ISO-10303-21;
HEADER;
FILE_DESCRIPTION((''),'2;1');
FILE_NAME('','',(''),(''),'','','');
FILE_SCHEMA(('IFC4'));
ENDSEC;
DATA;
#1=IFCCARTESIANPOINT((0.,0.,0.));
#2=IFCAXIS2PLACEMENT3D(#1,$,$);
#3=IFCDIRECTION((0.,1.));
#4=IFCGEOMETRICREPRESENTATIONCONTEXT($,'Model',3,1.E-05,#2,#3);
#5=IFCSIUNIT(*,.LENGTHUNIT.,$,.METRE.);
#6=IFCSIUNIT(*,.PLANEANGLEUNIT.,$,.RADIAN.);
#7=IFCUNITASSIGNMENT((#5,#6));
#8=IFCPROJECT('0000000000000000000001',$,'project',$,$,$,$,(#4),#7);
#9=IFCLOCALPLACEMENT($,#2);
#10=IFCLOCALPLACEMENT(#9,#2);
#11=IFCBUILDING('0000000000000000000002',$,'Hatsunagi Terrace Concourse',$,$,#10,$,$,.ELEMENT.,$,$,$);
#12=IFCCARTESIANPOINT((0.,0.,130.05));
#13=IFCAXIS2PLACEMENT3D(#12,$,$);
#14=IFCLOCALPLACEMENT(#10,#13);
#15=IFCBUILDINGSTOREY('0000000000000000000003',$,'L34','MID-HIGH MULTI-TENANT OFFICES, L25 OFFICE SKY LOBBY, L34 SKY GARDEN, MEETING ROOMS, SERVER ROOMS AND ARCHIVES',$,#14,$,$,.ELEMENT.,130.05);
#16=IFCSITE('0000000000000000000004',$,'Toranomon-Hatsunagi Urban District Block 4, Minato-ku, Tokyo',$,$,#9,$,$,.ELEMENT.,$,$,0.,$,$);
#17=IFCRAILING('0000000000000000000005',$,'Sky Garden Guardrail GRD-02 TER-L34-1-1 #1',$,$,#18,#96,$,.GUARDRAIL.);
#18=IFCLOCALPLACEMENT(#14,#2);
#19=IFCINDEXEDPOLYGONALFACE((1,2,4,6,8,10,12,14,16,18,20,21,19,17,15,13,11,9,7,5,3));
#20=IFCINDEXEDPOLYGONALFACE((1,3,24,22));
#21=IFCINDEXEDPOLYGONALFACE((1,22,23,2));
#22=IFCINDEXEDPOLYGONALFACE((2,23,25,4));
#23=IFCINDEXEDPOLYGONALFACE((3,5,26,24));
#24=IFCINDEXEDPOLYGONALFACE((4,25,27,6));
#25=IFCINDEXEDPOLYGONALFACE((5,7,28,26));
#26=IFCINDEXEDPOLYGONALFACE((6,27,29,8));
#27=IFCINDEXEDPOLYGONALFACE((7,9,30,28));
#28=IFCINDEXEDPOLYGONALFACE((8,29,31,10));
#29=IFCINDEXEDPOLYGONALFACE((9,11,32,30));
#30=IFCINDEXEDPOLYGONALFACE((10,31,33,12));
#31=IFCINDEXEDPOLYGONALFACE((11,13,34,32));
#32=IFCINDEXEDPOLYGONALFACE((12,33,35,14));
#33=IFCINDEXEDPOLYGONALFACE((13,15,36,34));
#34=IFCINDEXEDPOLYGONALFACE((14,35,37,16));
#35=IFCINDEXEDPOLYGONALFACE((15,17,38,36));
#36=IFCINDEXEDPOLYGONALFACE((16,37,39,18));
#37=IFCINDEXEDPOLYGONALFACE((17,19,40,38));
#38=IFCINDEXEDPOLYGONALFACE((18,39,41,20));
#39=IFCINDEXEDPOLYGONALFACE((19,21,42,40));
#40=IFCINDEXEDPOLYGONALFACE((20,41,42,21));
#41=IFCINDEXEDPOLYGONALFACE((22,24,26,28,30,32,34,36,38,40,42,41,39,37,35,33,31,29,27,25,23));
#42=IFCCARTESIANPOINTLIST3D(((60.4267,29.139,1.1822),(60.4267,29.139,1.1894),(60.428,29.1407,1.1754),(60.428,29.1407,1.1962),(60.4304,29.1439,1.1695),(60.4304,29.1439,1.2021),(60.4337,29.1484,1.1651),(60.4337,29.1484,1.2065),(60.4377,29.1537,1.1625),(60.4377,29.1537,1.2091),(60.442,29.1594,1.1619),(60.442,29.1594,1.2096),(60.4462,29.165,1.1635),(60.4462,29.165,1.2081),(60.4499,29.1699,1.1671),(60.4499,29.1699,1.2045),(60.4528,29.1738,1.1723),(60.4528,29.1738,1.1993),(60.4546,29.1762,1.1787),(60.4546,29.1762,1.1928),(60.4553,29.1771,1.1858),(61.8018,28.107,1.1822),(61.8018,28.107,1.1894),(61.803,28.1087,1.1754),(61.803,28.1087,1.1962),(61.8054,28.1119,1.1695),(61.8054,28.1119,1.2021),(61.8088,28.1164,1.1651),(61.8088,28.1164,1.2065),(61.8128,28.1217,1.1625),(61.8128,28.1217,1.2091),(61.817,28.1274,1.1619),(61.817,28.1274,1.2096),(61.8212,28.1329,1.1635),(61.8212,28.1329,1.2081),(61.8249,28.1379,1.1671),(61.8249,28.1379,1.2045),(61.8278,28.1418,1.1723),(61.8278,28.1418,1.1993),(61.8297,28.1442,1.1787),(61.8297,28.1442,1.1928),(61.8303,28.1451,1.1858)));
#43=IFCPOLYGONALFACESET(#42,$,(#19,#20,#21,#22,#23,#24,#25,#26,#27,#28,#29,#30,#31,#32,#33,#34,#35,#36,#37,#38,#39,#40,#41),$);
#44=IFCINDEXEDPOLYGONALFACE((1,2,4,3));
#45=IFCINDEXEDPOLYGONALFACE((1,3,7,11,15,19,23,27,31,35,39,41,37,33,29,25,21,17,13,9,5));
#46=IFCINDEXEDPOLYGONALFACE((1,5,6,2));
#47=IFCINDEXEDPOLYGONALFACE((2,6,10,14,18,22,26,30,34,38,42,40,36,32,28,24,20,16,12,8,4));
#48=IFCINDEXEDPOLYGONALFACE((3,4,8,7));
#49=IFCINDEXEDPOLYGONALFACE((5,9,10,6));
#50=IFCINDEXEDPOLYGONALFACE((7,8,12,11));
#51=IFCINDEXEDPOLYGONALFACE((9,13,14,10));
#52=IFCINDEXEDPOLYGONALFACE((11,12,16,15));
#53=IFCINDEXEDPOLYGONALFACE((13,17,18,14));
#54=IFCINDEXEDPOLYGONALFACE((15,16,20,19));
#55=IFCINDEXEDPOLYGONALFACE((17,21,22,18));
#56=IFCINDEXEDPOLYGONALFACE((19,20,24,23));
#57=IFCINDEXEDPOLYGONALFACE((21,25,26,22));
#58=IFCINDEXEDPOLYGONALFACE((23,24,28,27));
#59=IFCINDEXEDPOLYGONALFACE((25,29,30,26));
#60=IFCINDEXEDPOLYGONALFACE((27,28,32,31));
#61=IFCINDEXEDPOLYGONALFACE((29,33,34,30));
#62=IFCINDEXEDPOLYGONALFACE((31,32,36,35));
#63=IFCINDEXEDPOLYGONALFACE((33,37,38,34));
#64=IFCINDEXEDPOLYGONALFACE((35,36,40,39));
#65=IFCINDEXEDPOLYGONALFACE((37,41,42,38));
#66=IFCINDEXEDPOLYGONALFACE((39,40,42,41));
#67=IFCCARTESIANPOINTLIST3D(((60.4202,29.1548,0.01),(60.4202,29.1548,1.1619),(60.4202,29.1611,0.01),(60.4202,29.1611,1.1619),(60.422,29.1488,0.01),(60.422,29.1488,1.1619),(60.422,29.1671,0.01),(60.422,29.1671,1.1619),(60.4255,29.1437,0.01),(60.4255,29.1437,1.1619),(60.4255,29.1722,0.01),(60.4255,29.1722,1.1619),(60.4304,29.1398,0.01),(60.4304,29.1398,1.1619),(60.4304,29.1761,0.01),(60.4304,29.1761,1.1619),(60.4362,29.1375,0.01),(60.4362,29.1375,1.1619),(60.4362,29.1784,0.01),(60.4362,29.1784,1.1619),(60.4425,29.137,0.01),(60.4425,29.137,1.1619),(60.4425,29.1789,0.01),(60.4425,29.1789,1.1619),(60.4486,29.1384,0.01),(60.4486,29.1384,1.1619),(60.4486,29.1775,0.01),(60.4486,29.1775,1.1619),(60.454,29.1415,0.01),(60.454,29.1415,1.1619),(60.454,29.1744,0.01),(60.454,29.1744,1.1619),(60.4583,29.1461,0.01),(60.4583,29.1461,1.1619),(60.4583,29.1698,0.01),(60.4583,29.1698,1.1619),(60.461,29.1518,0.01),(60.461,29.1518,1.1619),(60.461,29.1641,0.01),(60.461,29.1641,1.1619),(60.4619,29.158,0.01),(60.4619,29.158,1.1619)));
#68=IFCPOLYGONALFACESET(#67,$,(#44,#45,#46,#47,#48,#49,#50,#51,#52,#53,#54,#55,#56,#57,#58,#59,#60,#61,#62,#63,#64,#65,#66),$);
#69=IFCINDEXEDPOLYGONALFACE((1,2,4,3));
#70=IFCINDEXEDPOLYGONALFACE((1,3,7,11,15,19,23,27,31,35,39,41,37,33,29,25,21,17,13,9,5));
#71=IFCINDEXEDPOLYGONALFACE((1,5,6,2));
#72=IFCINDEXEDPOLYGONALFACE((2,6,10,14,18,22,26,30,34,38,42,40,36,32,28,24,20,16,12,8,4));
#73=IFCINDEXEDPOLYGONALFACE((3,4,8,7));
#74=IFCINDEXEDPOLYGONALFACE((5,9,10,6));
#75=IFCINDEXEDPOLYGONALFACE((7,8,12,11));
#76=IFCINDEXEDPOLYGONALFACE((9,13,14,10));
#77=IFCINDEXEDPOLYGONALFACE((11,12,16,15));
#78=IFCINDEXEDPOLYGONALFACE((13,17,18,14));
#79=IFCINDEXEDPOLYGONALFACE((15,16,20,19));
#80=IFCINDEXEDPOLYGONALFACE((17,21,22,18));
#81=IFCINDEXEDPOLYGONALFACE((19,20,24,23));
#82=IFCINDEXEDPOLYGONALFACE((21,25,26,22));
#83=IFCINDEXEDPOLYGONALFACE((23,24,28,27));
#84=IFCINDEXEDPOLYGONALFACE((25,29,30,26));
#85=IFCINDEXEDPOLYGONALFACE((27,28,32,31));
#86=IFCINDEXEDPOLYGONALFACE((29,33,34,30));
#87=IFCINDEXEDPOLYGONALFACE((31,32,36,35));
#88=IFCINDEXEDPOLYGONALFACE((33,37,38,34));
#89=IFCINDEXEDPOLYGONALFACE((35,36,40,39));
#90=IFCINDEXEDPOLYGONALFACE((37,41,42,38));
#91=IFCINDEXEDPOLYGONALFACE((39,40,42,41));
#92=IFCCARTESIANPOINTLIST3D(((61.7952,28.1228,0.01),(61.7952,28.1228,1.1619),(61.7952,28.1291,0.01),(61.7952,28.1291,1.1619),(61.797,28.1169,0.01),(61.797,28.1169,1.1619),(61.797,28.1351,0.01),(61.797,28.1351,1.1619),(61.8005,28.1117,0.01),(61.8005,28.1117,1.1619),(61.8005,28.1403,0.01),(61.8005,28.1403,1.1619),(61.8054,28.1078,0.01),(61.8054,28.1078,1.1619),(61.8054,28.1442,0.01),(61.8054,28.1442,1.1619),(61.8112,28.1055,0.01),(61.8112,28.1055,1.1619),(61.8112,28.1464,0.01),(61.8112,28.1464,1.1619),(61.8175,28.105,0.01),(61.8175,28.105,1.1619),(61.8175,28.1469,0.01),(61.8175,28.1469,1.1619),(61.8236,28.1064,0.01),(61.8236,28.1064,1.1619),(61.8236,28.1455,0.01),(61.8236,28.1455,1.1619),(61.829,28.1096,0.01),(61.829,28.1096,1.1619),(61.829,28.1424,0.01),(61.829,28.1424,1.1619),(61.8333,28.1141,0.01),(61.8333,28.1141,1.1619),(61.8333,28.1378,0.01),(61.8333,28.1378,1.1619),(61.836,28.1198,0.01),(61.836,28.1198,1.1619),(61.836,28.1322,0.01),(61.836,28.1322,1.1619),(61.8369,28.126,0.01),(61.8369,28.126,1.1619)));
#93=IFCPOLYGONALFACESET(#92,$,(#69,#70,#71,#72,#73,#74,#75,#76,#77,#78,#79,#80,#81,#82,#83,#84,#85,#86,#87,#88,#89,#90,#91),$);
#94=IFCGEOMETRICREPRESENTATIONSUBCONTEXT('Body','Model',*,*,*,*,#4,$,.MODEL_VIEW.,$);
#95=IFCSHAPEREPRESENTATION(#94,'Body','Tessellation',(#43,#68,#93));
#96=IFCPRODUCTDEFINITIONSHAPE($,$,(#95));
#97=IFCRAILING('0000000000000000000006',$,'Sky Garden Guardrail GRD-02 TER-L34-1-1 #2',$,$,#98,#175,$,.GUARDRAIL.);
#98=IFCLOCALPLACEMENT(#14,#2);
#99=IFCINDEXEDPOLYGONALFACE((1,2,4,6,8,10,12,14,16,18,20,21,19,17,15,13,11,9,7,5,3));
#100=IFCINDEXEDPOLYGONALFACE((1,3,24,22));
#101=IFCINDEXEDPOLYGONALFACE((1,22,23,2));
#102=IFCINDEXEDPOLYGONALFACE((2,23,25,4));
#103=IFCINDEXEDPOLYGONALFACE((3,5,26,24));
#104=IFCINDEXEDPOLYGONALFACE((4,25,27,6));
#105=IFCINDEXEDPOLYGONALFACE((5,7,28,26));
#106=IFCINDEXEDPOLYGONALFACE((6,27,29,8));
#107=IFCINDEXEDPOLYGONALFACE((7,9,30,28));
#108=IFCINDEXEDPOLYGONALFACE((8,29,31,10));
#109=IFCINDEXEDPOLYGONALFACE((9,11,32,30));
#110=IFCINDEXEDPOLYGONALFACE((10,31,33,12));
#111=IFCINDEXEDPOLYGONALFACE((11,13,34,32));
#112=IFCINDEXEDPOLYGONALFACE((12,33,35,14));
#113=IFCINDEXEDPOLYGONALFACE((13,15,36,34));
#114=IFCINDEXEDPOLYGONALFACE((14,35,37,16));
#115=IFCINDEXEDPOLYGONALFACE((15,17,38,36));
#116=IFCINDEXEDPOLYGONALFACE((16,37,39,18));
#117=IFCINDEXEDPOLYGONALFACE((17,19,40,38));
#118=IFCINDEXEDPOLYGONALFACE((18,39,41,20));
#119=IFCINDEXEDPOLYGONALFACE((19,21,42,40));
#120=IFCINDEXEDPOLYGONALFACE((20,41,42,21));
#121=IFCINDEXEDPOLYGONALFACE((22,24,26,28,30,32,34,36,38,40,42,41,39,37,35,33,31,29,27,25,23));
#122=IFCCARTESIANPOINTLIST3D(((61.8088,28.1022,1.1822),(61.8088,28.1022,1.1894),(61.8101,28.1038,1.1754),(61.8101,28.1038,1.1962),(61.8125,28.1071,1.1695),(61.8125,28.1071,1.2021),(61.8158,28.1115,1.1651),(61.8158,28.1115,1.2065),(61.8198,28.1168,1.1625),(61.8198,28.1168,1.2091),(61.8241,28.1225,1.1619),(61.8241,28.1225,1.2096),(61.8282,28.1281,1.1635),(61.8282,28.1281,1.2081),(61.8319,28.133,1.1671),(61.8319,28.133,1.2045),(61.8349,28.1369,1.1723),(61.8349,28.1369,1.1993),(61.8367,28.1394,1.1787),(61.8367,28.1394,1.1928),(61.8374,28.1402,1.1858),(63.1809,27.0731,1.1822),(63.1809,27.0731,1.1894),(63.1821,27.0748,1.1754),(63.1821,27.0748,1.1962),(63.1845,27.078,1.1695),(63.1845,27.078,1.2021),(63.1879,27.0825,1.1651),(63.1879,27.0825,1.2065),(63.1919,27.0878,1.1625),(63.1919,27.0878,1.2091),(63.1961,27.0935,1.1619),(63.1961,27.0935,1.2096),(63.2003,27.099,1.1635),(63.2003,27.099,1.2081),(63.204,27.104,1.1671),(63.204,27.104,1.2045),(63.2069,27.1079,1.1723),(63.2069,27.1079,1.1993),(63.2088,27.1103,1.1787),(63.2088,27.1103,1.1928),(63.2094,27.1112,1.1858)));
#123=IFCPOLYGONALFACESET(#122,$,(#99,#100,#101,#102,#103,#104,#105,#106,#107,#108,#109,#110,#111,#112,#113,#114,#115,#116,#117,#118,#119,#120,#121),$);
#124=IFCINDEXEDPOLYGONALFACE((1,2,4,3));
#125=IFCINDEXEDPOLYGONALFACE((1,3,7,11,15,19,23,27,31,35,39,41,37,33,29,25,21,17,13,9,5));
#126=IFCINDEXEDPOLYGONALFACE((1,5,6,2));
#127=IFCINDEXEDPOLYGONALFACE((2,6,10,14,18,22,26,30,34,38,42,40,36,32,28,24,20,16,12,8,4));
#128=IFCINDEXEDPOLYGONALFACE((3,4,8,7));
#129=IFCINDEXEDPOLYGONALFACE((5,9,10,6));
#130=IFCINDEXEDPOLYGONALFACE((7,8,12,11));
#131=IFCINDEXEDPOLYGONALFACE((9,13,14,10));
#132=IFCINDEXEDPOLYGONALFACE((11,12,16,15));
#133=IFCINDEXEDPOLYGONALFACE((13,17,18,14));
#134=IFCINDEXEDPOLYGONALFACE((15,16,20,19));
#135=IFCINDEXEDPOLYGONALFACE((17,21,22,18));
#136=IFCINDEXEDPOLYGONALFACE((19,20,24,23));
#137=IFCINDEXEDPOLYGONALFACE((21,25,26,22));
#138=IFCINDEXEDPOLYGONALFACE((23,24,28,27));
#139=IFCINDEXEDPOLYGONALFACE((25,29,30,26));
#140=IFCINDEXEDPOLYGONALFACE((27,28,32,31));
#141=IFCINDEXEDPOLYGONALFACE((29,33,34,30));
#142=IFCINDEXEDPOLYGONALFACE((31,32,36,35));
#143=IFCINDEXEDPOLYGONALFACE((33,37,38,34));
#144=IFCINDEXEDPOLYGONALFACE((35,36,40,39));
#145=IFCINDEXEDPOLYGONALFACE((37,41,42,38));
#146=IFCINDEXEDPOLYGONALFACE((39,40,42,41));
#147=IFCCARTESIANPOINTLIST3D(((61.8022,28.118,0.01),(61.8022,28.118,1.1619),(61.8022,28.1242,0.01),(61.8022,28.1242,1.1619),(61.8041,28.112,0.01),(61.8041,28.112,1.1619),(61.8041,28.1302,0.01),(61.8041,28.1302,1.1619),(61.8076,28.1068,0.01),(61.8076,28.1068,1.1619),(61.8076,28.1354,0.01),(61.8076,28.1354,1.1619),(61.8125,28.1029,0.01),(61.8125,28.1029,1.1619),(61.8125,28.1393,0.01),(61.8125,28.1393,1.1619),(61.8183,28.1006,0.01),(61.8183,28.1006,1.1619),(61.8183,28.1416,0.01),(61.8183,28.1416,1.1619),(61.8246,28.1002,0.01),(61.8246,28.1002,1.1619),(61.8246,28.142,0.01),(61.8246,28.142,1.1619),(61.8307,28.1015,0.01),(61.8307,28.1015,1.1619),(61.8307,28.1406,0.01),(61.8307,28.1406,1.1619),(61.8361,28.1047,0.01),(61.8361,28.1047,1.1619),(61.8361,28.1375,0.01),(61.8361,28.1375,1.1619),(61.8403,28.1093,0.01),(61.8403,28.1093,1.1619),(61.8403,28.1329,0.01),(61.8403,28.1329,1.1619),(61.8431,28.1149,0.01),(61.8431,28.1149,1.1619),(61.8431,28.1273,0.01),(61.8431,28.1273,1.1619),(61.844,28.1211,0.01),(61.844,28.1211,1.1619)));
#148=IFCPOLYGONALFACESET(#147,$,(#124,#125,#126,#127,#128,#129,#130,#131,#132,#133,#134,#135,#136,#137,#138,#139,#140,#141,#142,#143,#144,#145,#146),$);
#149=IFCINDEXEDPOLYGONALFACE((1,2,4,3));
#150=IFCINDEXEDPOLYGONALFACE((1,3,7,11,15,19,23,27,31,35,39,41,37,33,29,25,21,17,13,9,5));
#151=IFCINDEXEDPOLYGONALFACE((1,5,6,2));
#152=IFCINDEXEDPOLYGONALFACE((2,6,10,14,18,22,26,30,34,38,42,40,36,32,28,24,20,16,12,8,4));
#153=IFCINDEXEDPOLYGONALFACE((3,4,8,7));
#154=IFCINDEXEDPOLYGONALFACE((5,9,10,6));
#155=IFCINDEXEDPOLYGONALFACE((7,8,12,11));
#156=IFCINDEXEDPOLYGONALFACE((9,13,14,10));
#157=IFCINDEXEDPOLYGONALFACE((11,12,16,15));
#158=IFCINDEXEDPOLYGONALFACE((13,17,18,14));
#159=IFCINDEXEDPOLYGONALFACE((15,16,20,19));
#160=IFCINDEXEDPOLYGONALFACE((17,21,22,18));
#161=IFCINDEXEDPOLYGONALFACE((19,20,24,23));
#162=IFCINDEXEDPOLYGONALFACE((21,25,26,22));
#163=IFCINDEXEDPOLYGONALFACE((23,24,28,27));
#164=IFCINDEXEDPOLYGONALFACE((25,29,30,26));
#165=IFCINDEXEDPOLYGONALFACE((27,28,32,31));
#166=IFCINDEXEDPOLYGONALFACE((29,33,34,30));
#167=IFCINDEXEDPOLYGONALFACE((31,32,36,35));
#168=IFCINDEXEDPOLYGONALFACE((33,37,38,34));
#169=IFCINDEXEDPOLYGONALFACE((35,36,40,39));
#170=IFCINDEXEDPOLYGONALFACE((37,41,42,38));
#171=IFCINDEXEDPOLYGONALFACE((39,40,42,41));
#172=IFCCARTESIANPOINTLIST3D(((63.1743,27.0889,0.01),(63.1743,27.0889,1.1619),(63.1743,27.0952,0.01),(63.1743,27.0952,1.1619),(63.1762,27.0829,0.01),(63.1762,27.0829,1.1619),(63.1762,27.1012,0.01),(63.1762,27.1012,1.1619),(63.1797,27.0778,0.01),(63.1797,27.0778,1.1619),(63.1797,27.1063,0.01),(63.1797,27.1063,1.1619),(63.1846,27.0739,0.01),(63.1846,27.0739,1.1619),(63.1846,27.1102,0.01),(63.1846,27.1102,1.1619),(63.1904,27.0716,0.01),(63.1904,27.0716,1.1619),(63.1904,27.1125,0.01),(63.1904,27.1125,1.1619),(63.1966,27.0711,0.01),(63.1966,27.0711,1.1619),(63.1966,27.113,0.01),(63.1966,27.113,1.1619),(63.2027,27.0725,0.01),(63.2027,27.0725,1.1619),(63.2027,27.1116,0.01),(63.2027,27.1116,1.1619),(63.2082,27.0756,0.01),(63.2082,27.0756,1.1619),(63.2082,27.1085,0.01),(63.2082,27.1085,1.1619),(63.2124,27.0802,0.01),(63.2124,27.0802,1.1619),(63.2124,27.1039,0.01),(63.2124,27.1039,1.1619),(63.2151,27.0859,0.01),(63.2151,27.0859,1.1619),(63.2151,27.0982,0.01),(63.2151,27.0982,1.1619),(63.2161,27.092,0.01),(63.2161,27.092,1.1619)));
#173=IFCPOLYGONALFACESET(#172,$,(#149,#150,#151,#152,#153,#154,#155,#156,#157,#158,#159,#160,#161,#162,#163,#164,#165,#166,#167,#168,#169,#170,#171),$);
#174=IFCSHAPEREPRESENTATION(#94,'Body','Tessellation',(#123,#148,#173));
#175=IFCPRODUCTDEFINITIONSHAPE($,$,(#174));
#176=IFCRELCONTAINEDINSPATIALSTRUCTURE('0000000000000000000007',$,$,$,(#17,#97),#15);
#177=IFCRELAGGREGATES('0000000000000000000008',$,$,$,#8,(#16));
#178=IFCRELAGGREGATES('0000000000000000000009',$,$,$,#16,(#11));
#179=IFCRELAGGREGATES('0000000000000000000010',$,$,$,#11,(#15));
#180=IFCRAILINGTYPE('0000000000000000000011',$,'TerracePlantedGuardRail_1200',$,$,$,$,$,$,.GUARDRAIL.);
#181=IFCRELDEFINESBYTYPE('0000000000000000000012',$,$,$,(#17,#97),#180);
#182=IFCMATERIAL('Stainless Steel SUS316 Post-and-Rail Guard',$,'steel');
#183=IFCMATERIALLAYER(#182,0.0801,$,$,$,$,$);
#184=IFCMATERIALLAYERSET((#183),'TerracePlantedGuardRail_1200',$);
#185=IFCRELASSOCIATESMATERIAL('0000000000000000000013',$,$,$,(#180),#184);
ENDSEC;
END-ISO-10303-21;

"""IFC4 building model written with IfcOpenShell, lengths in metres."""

from ifc_helpers import new_model, si_unit, direction, frame, origin, origin_2d, place, context, subcontext, project, spatial, circle, extrude, material, layer, layer_set, type_object, element, save


model = new_model("IFC4")

# Units and contexts
model_context = context("Model", 3, precision=1e-05, world=origin(), true_north=direction((0.0, 1.0)))
body_context = subcontext(model_context, "Body", "Model", "MODEL_VIEW")
ifc_project = project(units=[si_unit("LENGTHUNIT", "METRE"), si_unit("PLANEANGLEUNIT", "RADIAN")], contexts=[model_context])

# Site, building, storey
site_placement = place(None, origin())
site = spatial("IfcSite", under=ifc_project, at=site_placement, Name="Toranomon-Hatsunagi Urban District Block 4, Minato-ku, Tokyo", CompositionType="ELEMENT", RefElevation=0.0)
building_placement = place(site_placement, origin())
building = spatial("IfcBuilding", under=site, at=building_placement, Name="Hatsunagi Terrace Concourse", CompositionType="ELEMENT")
storey_placement = place(building_placement, frame((0.0, 0.0, 130.05)))
storey = spatial("IfcBuildingStorey", under=building, at=storey_placement, Name="L34", Description="MID-HIGH MULTI-TENANT OFFICES, L25 OFFICE SKY LOBBY, L34 SKY GARDEN, MEETING ROOMS, SERVER ROOMS AND ARCHIVES", CompositionType="ELEMENT", Elevation=130.05)

# Railings
ifc_material_1 = material(Name="Stainless Steel SUS316 Post-and-Rail Guard", Category="steel")
ifc_layer_1 = layer(ifc_material_1, 0.0801)
ifc_layer_set_1 = layer_set([ifc_layer_1], Name="TerracePlantedGuardRail_1200")
railing_type = type_object("IfcRailingType", Name="TerracePlantedGuardRail_1200", PredefinedType="GUARDRAIL", material=ifc_layer_set_1)
railing_1_placement = place(storey_placement, frame((60.4409, 29.158, 0.01)))
element("IfcRailing", 1, at=railing_1_placement, inside=storey, type_object=railing_type, Name="Sky Garden Guardrail GRD-02 TER-L34-1-1 #1", PredefinedType="GUARDRAIL", context=body_context, shape_type="SweptSolid", body=[
    extrude(circle(Radius=0.0239, at=origin_2d()), frame((0.0, 0.0, 1.1758), z_axis=(0.799795, -0.600273, 0.0), x_axis=(0.600273, 0.799795, 0.0)), (0.0, 0.0, 1.0), 1.7192),
    extrude(circle(Radius=0.021, at=origin_2d()), origin(), (0.0, 0.0, 1.0), 1.1519),
    extrude(circle(Radius=0.021, at=origin_2d()), frame((1.375, -1.032, 0.0)), (0.0, 0.0, 1.0), 1.1519),
])
railing_2_placement = place(storey_placement, frame((61.823, 28.1211, 0.01)))
element("IfcRailing", 2, at=railing_2_placement, inside=storey, type_object=railing_type, Name="Sky Garden Guardrail GRD-02 TER-L34-1-1 #2", PredefinedType="GUARDRAIL", context=body_context, shape_type="SweptSolid", body=[
    extrude(circle(Radius=0.0239, at=origin_2d()), frame((0.0, 0.0, 1.1758), z_axis=(0.8, -0.6, 0.0), x_axis=(0.6, 0.8, 0.0)), (0.0, 0.0, 1.0), 1.7151),
    extrude(circle(Radius=0.021, at=origin_2d()), origin(), (0.0, 0.0, 1.0), 1.1519),
    extrude(circle(Radius=0.021, at=origin_2d()), frame((1.3721, -1.0291, 0.0)), (0.0, 0.0, 1.0), 1.1519),
])

save(model, "model.ifc")
